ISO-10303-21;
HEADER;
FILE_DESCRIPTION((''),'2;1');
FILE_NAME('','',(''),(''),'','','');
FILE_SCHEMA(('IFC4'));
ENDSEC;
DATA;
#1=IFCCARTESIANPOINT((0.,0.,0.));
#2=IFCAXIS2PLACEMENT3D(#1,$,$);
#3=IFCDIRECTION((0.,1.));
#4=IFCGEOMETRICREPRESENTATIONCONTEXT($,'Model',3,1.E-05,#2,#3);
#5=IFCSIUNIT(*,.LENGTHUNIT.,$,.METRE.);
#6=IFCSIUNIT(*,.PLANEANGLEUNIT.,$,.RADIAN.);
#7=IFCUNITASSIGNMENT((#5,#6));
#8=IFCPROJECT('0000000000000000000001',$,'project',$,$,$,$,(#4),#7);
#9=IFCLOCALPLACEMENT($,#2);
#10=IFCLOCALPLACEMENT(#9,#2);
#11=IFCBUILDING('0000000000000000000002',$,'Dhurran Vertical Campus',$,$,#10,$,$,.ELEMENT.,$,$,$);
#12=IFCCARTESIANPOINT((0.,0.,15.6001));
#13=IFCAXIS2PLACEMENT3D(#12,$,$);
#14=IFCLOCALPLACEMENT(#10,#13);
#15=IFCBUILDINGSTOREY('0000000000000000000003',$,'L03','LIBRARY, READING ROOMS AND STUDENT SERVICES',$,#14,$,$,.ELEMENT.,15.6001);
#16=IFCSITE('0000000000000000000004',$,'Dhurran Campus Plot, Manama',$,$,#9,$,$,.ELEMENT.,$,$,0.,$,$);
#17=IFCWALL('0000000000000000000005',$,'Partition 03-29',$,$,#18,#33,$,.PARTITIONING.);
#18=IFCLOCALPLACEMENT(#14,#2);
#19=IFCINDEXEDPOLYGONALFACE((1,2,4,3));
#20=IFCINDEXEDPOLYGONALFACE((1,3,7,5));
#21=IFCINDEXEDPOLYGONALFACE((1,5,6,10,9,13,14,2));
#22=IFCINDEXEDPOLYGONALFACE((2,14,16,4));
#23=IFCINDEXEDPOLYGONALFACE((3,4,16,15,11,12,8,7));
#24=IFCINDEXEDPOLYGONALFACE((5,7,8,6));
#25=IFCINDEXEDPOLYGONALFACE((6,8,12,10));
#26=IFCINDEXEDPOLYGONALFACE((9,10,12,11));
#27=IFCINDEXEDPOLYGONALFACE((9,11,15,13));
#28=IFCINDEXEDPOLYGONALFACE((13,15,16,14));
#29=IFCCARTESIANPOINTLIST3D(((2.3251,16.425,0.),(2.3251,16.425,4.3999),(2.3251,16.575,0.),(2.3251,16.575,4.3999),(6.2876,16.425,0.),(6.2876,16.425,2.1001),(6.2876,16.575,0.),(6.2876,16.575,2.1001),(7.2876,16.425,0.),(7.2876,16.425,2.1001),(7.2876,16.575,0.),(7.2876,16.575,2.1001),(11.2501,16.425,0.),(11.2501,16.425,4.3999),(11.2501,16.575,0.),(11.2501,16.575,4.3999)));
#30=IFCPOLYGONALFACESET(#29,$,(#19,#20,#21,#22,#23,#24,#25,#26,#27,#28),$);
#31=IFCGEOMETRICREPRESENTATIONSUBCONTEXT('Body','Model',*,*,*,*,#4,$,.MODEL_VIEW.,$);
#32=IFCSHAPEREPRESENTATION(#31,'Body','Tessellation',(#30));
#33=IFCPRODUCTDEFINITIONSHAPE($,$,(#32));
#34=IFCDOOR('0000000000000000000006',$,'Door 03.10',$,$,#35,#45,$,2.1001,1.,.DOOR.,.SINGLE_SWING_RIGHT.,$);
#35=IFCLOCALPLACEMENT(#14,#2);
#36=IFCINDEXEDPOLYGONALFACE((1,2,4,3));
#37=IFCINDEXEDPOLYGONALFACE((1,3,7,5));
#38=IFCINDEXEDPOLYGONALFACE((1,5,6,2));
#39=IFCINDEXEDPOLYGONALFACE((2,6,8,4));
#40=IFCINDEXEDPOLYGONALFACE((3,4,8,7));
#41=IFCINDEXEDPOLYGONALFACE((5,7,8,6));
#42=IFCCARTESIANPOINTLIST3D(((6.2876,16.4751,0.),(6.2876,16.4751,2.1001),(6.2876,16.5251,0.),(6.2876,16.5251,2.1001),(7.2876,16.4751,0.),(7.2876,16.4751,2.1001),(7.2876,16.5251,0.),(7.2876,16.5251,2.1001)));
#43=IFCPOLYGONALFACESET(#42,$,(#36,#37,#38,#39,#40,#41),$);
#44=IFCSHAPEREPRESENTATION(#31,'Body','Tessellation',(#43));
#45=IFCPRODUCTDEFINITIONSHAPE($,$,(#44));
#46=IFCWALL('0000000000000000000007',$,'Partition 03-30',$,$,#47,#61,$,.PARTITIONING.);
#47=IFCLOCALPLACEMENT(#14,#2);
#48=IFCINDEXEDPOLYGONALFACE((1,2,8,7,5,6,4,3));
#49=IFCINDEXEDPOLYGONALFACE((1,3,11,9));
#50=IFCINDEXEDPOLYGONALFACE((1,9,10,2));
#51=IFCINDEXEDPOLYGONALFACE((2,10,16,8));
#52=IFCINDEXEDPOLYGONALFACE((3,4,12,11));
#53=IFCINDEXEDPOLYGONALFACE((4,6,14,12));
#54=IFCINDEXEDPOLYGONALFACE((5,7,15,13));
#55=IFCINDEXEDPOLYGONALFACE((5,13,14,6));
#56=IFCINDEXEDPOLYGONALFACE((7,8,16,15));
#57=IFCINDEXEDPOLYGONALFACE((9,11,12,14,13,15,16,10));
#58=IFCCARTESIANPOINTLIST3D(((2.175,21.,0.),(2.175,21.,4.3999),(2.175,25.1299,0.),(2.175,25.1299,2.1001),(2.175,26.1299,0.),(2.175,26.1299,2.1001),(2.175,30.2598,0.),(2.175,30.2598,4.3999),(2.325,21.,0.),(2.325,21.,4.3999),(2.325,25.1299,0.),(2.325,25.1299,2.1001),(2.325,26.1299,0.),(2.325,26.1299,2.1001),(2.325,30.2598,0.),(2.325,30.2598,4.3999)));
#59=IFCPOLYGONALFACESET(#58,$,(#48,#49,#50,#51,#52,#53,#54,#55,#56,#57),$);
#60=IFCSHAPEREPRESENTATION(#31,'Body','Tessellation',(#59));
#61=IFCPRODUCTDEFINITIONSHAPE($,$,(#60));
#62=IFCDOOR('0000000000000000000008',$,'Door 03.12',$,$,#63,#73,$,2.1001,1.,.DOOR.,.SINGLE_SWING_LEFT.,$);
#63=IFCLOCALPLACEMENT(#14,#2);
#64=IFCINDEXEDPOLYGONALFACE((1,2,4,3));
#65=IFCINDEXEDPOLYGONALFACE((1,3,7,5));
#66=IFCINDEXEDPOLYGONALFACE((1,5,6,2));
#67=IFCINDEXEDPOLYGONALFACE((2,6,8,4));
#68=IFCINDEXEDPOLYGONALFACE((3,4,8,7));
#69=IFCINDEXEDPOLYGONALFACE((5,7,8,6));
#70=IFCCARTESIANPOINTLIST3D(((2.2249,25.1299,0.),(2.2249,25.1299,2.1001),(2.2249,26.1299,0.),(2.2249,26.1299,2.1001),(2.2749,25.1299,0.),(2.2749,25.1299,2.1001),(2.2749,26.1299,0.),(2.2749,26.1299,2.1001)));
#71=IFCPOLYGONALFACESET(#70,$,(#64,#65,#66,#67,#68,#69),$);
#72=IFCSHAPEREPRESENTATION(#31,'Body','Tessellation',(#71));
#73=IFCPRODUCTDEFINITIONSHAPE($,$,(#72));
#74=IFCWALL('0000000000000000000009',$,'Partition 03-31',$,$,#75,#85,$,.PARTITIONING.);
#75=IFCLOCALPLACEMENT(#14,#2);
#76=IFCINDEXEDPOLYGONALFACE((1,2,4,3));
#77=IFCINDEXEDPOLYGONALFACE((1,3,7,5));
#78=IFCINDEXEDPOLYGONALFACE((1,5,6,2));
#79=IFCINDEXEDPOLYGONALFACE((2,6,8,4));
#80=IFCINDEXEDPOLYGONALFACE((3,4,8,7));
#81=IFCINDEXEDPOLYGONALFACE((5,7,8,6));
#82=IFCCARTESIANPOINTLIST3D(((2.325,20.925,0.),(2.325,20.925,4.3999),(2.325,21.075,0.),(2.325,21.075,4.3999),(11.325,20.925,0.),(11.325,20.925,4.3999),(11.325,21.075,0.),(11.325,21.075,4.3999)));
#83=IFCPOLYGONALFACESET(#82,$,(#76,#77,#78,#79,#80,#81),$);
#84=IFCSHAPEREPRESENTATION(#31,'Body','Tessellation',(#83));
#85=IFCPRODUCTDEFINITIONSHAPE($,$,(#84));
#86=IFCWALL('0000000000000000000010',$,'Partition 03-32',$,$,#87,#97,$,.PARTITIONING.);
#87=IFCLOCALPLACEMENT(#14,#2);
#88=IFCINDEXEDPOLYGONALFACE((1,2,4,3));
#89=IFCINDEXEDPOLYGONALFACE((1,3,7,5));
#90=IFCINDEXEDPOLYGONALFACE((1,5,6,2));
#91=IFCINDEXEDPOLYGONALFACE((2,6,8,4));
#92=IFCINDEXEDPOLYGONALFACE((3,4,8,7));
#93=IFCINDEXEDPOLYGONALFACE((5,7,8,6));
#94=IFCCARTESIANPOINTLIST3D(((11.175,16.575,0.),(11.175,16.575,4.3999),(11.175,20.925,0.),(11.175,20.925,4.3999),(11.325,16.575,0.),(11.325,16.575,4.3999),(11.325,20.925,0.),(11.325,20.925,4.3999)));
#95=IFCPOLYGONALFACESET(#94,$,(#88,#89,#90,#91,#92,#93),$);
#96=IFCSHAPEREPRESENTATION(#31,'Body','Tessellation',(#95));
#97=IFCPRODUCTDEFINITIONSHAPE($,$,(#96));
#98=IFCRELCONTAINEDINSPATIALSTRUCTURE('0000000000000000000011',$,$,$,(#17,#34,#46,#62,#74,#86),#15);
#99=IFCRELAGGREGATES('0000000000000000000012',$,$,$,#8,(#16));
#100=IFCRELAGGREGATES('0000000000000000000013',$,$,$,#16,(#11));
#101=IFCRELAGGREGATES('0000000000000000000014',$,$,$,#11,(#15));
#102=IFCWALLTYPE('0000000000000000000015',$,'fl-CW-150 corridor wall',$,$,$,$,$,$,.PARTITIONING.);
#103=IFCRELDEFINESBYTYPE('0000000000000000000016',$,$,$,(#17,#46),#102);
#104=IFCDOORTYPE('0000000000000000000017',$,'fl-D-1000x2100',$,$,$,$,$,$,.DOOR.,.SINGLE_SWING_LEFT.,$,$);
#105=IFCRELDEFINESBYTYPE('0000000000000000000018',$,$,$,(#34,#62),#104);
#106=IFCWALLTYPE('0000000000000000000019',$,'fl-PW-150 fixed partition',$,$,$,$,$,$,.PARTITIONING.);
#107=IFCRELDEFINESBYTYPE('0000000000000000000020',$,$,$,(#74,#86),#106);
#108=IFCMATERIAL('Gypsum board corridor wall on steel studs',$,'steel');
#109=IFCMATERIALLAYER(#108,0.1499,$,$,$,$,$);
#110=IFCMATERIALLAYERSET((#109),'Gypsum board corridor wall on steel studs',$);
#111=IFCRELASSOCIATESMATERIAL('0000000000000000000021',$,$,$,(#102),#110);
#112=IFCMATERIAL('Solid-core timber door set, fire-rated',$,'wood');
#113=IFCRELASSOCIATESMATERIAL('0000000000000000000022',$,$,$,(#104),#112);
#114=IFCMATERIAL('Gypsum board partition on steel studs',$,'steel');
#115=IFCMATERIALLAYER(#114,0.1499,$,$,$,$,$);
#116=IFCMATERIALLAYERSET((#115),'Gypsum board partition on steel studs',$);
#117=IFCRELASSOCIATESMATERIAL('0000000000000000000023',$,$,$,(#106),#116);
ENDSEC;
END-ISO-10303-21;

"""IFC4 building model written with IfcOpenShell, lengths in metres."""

from ifc_helpers import new_model, si_unit, direction, frame, frame_2d, origin, place, context, subcontext, project, spatial, rectangle, extrude, material, layer, layer_set, type_object, element, fill, save


model = new_model("IFC4")

# Units and contexts
model_context = context("Model", 3, precision=1e-05, world=origin(), true_north=direction((0.0, 1.0)))
body_context = subcontext(model_context, "Body", "Model", "MODEL_VIEW")
ifc_project = project(units=[si_unit("LENGTHUNIT", "METRE"), si_unit("PLANEANGLEUNIT", "RADIAN")], contexts=[model_context])

# Site, building, storey
site_placement = place(None, origin())
site = spatial("IfcSite", under=ifc_project, at=site_placement, Name="Dhurran Campus Plot, Manama", CompositionType="ELEMENT", RefElevation=0.0)
building_placement = place(site_placement, origin())
building = spatial("IfcBuilding", under=site, at=building_placement, Name="Dhurran Vertical Campus", CompositionType="ELEMENT")
storey_placement = place(building_placement, frame((0.0, 0.0, 15.6001)))
storey = spatial("IfcBuildingStorey", under=building, at=storey_placement, Name="L03", Description="LIBRARY, READING ROOMS AND STUDENT SERVICES", CompositionType="ELEMENT", Elevation=15.6001)

# Walls, openings, doors
ifc_material_1 = material(Name="Gypsum board corridor wall on steel studs", Category="steel")
ifc_layer_1 = layer(ifc_material_1, 0.1499)
ifc_layer_set_1 = layer_set([ifc_layer_1], Name="Gypsum board corridor wall on steel studs")
wall_type_1 = type_object("IfcWallType", Name="fl-CW-150 corridor wall", PredefinedType="PARTITIONING", material=ifc_layer_set_1)
wall_1_placement = place(storey_placement, frame((11.25, 16.5, 0.0), z_axis=(0.0, 0.0, 1.0), x_axis=(-1.0, 0.0, 0.0)))
wall_1 = element("IfcWall", 1, at=wall_1_placement, inside=storey, type_object=wall_type_1, Name="Partition 03-29", PredefinedType="PARTITIONING", context=body_context, shape_type="SweptSolid", body=[
    extrude(rectangle(XDim=8.925, YDim=0.1499, at=frame_2d((4.4624, 0.0))), origin(), (0.0, 0.0, 1.0), 4.3999),
])
opening_1_placement = place(wall_1_placement, frame((3.9624, 0.0, 0.0)))
opening_1 = element("IfcOpeningElement", 2, at=opening_1_placement, cuts=wall_1, PredefinedType="OPENING", context=body_context, shape_type="SweptSolid", body=[
    extrude(rectangle(XDim=1.0, YDim=2.1001, at=frame_2d((0.5, 1.05))), frame((0.0, 0.085, 0.0), z_axis=(0.0, -1.0, 0.0), x_axis=(1.0, 0.0, 0.0)), (0.0, 0.0, 1.0), 0.1699),
])
ifc_material_2 = material(Name="Solid-core timber door set, fire-rated", Category="wood")
door_type = type_object("IfcDoorType", Name="fl-D-1000x2100", OperationType="SINGLE_SWING_LEFT", PredefinedType="DOOR", material=ifc_material_2)
door_1_placement = place(opening_1_placement, origin())
door_1 = element("IfcDoor", 3, at=door_1_placement, inside=storey, type_object=door_type, Name="Door 03.10", OperationType="SINGLE_SWING_RIGHT", OverallHeight=2.1001, OverallWidth=1.0, PredefinedType="DOOR", context=body_context, shape_type="SweptSolid", body=[
    extrude(rectangle(XDim=1.0, YDim=2.1001, at=frame_2d((0.5, 1.05))), frame((0.0, 0.0249, 0.0), z_axis=(0.0, -1.0, 0.0), x_axis=(1.0, 0.0, 0.0)), (0.0, 0.0, 1.0), 0.05),
])
fill(opening_1, door_1)
wall_2_placement = place(storey_placement, frame((2.25, 30.2598, 0.0), z_axis=(0.0, 0.0, 1.0), x_axis=(0.0, -1.0, 0.0)))
wall_2 = element("IfcWall", 4, at=wall_2_placement, inside=storey, type_object=wall_type_1, Name="Partition 03-30", PredefinedType="PARTITIONING", context=body_context, shape_type="SweptSolid", body=[
    extrude(rectangle(XDim=9.2598, YDim=0.1499, at=frame_2d((4.6299, 0.0))), origin(), (0.0, 0.0, 1.0), 4.3999),
])
opening_2_placement = place(wall_2_placement, frame((4.1299, 0.0, 0.0)))
opening_2 = element("IfcOpeningElement", 5, at=opening_2_placement, cuts=wall_2, PredefinedType="OPENING", context=body_context, shape_type="SweptSolid", body=[
    extrude(rectangle(XDim=1.0, YDim=2.1001, at=frame_2d((0.5, 1.05))), frame((0.0, 0.085, 0.0), z_axis=(0.0, -1.0, 0.0), x_axis=(1.0, 0.0, 0.0)), (0.0, 0.0, 1.0), 0.1699),
])
door_2_placement = place(opening_2_placement, origin())
door_2 = element("IfcDoor", 6, at=door_2_placement, inside=storey, type_object=door_type, Name="Door 03.12", OperationType="SINGLE_SWING_LEFT", OverallHeight=2.1001, OverallWidth=1.0, PredefinedType="DOOR", context=body_context, shape_type="SweptSolid", body=[
    extrude(rectangle(XDim=1.0, YDim=2.1001, at=frame_2d((0.5, 1.05))), frame((0.0, 0.0249, 0.0), z_axis=(0.0, -1.0, 0.0), x_axis=(1.0, 0.0, 0.0)), (0.0, 0.0, 1.0), 0.05),
])
fill(opening_2, door_2)

# Walls
ifc_material_3 = material(Name="Gypsum board partition on steel studs", Category="steel")
ifc_layer_2 = layer(ifc_material_3, 0.1499)
ifc_layer_set_2 = layer_set([ifc_layer_2], Name="Gypsum board partition on steel studs")
wall_type_2 = type_object("IfcWallType", Name="fl-PW-150 fixed partition", PredefinedType="PARTITIONING", material=ifc_layer_set_2)
wall_3_placement = place(storey_placement, frame((2.325, 21.0, 0.0), z_axis=(0.0, 0.0, 1.0), x_axis=(1.0, 0.0, 0.0)))
element("IfcWall", 7, at=wall_3_placement, inside=storey, type_object=wall_type_2, Name="Partition 03-31", PredefinedType="PARTITIONING", context=body_context, shape_type="SweptSolid", body=[
    extrude(rectangle(XDim=9.0, YDim=0.1499, at=frame_2d((4.5, 0.0))), origin(), (0.0, 0.0, 1.0), 4.3999),
])
wall_4_placement = place(storey_placement, frame((11.25, 20.925, 0.0), z_axis=(0.0, 0.0, 1.0), x_axis=(0.0, -1.0, 0.0)))
element("IfcWall", 8, at=wall_4_placement, inside=storey, type_object=wall_type_2, Name="Partition 03-32", PredefinedType="PARTITIONING", context=body_context, shape_type="SweptSolid", body=[
    extrude(rectangle(XDim=4.3501, YDim=0.1499, at=frame_2d((2.175, 0.0))), origin(), (0.0, 0.0, 1.0), 4.3999),
])

save(model, "model.ifc")
